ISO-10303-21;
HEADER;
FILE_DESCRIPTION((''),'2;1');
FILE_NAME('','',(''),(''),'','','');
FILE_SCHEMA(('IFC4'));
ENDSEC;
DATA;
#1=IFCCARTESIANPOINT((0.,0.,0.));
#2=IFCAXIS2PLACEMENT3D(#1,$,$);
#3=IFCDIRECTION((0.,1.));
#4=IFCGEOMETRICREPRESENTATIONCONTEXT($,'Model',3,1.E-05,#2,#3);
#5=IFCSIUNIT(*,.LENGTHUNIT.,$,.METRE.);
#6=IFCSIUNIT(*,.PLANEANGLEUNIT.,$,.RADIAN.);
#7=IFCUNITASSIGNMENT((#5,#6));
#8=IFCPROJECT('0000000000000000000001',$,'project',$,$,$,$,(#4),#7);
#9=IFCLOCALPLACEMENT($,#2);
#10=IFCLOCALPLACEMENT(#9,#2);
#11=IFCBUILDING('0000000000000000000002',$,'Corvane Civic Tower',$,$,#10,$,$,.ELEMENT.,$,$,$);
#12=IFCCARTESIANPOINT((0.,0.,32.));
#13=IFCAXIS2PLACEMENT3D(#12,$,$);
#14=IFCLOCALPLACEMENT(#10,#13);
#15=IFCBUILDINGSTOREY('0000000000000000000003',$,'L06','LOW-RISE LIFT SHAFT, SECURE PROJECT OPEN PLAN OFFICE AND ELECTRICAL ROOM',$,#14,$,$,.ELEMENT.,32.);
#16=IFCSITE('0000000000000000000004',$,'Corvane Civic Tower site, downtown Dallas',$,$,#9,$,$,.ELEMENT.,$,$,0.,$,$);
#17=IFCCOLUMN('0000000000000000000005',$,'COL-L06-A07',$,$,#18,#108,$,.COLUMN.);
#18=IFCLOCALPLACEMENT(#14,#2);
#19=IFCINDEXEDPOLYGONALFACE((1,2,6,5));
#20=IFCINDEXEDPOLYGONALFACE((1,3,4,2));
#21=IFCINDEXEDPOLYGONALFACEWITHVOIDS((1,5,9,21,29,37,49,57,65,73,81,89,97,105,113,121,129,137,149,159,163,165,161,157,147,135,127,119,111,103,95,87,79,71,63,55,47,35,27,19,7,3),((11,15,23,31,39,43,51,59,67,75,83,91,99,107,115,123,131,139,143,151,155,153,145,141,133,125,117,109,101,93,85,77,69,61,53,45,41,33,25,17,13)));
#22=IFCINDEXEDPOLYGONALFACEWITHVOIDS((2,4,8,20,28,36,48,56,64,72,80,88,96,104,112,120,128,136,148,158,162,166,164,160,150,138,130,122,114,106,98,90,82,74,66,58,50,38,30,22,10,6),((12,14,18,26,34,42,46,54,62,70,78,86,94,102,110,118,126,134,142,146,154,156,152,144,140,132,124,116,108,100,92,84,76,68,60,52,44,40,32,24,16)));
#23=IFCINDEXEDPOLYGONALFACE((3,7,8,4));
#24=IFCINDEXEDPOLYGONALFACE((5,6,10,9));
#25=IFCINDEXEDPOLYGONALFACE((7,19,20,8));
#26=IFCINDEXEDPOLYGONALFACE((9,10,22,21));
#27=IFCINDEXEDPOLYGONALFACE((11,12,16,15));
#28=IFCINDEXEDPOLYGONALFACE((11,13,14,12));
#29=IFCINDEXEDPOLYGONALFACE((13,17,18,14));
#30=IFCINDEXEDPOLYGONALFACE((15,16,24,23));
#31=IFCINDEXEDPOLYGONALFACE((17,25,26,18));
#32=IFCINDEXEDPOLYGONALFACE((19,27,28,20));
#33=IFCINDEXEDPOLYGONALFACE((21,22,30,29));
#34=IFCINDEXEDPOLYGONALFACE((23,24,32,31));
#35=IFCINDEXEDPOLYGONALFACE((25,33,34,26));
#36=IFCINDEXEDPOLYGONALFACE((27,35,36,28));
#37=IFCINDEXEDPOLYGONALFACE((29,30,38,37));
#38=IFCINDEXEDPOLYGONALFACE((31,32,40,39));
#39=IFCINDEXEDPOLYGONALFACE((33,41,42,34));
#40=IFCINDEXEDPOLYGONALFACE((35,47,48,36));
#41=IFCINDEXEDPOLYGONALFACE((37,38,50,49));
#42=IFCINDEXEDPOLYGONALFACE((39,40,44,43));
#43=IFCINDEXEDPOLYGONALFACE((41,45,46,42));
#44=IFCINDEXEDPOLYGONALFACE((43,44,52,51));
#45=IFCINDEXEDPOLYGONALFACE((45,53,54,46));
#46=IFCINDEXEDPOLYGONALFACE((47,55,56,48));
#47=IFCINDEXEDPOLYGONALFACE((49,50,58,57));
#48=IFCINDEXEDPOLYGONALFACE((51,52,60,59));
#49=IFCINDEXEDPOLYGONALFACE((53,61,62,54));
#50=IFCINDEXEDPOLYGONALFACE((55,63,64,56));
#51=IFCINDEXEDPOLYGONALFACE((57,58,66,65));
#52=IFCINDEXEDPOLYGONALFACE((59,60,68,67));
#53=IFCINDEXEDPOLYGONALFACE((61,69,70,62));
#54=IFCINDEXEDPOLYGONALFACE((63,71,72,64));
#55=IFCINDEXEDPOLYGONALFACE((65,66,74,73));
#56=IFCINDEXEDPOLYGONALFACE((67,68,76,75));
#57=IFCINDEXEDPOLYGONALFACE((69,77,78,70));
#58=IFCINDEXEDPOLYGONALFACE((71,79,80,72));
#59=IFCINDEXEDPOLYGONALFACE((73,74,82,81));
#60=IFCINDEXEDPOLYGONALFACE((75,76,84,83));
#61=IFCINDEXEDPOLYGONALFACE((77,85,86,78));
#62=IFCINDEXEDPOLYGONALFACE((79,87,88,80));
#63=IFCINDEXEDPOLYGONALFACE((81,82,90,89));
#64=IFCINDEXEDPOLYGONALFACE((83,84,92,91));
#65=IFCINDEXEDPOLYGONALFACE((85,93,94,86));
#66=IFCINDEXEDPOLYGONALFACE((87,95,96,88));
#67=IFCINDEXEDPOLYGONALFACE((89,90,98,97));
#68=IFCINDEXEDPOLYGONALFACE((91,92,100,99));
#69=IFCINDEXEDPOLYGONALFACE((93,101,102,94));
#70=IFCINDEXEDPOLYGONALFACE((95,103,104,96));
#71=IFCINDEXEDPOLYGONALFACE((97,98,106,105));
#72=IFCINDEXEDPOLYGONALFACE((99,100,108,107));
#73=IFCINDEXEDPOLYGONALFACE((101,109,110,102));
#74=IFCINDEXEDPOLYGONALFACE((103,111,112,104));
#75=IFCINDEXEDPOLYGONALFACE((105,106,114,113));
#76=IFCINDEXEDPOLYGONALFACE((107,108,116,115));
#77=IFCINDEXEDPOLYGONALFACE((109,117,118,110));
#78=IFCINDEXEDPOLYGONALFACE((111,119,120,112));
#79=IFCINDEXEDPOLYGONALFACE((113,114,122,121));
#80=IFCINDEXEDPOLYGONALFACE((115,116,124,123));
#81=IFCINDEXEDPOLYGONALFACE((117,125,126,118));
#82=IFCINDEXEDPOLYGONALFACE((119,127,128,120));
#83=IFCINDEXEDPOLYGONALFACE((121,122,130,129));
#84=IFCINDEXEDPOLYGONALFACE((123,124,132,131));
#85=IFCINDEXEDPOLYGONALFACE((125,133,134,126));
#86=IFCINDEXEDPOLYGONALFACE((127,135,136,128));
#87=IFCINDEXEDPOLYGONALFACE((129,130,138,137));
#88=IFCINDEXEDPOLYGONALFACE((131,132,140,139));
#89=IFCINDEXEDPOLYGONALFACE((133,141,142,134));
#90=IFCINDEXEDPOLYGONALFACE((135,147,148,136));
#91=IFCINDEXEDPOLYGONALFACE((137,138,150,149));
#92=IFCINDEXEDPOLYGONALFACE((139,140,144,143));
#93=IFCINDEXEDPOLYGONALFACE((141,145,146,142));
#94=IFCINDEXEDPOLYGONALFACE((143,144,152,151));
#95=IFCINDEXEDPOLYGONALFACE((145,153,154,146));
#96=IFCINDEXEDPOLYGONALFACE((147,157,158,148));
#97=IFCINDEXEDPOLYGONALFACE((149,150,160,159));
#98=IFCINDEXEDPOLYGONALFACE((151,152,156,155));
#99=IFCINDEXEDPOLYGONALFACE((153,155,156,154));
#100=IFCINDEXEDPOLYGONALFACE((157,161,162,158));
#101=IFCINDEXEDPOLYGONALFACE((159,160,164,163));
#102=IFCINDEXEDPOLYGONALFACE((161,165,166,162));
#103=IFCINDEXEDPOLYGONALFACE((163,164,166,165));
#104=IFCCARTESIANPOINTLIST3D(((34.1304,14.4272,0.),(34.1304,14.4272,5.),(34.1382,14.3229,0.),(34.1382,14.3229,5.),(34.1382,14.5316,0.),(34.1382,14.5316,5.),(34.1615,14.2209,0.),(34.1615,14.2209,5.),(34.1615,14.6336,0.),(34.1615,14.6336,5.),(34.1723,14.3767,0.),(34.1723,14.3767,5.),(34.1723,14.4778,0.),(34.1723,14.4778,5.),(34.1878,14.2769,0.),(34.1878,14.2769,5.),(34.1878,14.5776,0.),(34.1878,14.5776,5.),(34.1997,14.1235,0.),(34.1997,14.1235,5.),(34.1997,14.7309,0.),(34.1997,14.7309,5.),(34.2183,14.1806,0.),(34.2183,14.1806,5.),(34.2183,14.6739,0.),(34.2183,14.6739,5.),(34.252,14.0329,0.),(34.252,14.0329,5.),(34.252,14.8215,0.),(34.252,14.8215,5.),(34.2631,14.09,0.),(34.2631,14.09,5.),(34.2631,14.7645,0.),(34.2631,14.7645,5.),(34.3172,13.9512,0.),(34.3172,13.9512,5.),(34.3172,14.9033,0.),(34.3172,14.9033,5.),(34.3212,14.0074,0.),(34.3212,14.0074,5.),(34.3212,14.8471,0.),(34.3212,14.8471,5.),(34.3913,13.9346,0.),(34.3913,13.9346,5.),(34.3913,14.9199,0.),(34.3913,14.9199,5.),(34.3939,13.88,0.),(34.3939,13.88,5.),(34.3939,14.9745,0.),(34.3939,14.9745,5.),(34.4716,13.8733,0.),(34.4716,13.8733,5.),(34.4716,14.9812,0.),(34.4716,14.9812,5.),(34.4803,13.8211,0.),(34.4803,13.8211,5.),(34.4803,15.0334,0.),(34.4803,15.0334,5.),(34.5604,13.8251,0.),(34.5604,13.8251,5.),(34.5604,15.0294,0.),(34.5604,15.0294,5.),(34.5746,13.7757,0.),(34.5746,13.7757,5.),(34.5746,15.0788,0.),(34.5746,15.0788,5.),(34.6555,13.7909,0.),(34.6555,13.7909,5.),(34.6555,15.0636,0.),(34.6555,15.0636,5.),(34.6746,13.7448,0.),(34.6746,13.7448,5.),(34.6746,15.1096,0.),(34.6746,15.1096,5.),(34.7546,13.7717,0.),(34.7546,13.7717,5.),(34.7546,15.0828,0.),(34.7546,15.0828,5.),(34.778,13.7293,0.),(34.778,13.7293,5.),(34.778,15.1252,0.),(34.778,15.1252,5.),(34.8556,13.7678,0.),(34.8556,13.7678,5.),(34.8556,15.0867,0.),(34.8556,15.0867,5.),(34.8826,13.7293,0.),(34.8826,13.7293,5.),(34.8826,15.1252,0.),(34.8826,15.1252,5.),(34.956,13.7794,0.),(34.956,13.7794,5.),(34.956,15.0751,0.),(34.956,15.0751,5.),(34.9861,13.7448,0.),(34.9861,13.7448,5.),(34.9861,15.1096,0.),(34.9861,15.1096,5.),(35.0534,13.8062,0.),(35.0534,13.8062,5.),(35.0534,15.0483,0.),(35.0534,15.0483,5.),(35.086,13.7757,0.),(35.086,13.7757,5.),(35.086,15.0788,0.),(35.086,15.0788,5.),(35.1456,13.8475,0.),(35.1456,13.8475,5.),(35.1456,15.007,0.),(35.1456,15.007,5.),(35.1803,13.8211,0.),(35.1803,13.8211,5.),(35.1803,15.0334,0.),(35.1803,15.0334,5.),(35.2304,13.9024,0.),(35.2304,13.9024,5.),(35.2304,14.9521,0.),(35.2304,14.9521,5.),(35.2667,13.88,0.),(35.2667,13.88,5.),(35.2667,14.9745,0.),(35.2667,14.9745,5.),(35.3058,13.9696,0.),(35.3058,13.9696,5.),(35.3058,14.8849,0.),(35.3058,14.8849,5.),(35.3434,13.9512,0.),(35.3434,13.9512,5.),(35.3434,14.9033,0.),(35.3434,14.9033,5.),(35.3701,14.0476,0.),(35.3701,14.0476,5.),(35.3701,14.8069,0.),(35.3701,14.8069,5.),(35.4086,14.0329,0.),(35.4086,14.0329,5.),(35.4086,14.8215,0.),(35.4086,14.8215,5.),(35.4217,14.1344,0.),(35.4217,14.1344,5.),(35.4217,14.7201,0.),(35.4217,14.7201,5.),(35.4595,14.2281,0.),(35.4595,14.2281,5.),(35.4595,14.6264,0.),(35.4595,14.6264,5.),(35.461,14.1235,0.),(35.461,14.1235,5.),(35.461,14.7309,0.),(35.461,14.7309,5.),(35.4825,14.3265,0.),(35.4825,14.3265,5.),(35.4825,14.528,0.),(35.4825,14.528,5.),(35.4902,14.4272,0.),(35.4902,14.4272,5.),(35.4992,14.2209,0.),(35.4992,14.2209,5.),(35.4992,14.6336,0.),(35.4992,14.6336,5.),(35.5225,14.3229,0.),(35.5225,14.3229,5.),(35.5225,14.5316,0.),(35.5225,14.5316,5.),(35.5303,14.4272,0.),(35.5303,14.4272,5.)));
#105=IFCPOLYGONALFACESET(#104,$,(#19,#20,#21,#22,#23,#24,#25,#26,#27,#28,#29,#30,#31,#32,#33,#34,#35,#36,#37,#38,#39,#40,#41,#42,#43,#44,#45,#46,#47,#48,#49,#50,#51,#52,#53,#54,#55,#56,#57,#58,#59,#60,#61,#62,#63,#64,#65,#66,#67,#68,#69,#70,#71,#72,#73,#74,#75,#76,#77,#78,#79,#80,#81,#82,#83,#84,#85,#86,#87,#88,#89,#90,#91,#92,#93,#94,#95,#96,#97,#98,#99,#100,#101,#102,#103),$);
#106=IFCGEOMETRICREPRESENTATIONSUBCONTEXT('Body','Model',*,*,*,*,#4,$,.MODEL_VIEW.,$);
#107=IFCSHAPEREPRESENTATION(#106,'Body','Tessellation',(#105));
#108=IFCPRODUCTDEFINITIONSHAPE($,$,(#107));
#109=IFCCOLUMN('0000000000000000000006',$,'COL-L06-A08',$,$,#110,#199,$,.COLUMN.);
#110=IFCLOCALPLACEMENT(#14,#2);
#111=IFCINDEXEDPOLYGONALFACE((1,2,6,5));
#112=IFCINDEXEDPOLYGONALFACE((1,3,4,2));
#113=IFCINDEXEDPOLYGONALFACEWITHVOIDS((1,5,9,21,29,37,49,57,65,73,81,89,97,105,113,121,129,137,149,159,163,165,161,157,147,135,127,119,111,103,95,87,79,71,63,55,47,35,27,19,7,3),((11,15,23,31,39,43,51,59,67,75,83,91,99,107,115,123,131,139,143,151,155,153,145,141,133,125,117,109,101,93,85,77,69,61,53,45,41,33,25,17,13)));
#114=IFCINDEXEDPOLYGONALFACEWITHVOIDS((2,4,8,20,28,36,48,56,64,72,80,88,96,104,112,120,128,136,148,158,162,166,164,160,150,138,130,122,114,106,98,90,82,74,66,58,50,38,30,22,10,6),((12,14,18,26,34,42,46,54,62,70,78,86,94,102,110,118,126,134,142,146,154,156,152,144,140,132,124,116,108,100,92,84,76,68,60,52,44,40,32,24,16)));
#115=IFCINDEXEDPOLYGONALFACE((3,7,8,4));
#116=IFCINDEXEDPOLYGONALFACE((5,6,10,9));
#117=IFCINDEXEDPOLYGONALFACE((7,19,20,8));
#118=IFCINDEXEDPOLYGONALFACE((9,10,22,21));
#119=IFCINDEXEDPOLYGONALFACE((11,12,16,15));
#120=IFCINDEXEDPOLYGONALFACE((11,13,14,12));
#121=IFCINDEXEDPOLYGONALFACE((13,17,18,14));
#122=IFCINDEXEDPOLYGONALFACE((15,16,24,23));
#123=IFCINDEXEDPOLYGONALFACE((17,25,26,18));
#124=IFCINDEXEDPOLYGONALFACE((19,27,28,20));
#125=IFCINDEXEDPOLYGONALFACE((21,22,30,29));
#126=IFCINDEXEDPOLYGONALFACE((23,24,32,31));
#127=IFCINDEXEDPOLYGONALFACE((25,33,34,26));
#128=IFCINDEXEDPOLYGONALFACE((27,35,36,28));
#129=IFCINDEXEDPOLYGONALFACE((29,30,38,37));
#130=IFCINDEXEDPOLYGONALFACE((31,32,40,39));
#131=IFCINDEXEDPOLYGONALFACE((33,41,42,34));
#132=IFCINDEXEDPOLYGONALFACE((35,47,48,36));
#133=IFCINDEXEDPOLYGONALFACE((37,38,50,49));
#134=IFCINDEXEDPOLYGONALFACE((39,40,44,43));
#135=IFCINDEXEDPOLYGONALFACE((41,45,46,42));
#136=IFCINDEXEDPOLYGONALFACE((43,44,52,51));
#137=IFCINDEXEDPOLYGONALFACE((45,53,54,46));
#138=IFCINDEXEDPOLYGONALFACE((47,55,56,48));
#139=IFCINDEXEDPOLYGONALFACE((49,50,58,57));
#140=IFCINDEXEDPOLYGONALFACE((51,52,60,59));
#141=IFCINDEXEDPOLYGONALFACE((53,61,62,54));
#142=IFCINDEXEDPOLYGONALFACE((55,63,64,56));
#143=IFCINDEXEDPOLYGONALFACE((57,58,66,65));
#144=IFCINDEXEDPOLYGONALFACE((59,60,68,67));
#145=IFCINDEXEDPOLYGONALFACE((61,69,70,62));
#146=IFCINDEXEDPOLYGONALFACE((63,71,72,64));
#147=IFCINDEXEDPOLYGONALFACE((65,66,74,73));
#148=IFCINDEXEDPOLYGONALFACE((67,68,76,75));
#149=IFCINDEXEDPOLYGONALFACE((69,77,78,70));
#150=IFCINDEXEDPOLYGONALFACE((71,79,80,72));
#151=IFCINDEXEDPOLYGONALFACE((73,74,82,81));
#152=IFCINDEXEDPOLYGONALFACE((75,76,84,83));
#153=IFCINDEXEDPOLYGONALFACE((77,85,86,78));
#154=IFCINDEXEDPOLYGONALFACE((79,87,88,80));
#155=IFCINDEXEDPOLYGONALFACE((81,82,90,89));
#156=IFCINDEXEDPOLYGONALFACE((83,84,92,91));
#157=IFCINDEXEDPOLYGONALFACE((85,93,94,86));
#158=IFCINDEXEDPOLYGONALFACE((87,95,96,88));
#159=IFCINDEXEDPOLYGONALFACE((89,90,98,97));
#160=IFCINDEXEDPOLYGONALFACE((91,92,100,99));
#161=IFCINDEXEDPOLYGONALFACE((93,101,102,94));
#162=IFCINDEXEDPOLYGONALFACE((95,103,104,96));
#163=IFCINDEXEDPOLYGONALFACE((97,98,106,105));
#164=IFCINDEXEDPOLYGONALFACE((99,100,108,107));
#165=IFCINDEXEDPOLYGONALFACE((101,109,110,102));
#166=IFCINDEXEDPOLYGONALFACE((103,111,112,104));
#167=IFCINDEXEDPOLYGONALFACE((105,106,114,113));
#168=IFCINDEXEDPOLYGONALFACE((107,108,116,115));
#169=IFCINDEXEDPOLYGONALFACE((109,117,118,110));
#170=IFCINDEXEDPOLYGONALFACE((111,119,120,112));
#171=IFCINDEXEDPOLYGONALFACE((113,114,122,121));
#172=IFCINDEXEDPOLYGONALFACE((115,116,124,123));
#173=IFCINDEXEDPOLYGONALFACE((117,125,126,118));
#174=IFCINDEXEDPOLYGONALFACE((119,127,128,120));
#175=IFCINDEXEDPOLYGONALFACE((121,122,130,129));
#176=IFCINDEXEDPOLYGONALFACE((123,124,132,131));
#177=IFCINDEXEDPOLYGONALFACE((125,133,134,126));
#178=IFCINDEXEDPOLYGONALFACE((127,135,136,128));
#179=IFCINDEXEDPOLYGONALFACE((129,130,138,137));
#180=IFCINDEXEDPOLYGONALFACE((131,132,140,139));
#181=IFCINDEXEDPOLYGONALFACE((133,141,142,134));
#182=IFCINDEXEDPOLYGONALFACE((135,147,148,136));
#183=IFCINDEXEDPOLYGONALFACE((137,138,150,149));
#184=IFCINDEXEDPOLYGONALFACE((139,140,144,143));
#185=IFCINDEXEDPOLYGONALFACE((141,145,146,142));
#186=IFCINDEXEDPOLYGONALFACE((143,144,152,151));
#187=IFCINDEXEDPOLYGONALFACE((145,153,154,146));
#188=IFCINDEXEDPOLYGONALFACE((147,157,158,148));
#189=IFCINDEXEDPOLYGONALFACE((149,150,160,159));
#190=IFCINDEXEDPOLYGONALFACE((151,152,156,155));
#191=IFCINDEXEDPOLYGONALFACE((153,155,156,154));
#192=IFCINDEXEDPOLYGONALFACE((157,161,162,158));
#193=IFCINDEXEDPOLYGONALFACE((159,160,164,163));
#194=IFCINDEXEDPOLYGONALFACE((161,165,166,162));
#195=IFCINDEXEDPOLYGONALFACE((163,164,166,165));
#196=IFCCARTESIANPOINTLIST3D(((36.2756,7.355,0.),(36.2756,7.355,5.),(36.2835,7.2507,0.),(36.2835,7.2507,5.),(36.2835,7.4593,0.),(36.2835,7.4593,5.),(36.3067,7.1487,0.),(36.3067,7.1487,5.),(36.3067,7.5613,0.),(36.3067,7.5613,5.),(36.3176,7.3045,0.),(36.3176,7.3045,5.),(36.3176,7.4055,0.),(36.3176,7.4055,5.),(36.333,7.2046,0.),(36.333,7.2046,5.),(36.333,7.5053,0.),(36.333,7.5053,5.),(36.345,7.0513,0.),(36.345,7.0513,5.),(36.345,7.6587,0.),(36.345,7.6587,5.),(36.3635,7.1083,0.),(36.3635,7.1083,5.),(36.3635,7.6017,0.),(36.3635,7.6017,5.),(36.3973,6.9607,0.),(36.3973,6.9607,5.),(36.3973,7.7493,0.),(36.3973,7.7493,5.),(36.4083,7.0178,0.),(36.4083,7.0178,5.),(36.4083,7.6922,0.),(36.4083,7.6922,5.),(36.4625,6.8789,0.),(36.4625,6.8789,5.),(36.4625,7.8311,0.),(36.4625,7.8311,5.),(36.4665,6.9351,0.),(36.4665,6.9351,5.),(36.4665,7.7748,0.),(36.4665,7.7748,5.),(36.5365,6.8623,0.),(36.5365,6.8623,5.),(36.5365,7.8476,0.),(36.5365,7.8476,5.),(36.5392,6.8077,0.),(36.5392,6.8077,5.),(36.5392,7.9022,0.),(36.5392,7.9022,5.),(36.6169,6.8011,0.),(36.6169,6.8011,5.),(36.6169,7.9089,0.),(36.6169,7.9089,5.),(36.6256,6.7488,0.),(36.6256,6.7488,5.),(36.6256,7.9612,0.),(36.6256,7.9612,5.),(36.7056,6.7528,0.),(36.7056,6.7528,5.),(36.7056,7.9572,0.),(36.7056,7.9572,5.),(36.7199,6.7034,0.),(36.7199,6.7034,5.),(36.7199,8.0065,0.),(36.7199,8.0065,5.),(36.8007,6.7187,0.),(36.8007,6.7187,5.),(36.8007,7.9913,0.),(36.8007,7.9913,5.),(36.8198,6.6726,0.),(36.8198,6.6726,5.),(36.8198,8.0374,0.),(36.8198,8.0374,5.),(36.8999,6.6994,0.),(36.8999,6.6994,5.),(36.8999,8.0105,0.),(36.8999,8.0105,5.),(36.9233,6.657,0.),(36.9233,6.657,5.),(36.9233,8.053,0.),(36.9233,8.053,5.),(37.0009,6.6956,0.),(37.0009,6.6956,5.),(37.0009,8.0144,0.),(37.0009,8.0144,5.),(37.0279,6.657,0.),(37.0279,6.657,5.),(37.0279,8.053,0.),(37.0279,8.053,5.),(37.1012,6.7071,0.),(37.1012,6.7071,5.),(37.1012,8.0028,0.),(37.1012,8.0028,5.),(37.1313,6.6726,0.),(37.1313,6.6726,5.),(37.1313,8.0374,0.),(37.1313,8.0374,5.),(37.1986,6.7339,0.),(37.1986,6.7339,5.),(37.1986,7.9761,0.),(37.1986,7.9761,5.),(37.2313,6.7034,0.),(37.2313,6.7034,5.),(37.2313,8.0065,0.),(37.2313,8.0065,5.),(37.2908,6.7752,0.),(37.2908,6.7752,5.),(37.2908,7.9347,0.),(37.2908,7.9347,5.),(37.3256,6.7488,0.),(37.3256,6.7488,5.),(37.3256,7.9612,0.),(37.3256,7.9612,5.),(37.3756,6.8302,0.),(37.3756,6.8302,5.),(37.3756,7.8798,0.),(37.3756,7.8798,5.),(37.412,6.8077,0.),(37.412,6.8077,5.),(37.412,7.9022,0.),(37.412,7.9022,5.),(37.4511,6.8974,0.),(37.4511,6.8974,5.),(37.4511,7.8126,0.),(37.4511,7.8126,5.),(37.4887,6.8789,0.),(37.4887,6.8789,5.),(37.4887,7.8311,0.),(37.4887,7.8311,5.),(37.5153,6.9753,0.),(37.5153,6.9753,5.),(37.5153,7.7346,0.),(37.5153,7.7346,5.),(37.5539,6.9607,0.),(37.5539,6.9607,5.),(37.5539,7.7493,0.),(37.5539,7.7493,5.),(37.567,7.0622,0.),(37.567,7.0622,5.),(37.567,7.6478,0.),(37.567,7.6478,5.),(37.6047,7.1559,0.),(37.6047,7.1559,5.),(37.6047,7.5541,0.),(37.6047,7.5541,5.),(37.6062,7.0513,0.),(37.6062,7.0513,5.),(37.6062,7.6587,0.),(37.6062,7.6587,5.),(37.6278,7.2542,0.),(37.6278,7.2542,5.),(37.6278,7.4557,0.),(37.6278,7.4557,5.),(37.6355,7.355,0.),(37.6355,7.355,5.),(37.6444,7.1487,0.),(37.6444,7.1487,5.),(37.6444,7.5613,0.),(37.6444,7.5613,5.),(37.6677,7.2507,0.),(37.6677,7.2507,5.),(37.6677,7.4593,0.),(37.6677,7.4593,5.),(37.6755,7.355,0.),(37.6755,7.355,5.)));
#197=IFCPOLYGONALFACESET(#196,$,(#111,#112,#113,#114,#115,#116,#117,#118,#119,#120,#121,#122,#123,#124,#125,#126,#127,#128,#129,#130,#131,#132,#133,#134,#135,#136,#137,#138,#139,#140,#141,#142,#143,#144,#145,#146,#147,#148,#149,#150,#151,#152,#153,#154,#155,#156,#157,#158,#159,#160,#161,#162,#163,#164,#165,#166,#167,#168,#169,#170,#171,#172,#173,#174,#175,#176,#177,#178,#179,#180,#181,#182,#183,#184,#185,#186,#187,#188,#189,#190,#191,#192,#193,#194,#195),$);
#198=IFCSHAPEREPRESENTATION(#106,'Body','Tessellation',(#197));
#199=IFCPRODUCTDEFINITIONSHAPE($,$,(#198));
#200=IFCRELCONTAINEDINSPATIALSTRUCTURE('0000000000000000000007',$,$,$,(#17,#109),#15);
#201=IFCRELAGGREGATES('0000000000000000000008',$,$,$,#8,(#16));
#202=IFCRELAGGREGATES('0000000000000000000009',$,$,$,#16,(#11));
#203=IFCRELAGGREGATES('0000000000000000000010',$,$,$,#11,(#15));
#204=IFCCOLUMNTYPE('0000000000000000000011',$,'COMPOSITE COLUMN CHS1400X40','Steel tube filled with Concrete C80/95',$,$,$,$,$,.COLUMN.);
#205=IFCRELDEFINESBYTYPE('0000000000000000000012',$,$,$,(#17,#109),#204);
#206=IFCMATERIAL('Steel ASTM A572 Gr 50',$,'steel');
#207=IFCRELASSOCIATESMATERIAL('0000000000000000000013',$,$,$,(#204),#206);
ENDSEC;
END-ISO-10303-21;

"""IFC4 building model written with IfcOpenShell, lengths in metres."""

from ifc_helpers import new_model, si_unit, direction, frame, origin, origin_2d, place, context, subcontext, project, spatial, hollow_circle, extrude, material, material_profile, profile_set, type_object, element, save


model = new_model("IFC4")

# Units and contexts
model_context = context("Model", 3, precision=1e-05, world=origin(), true_north=direction((0.0, 1.0)))
body_context = subcontext(model_context, "Body", "Model", "MODEL_VIEW")
ifc_project = project(units=[si_unit("LENGTHUNIT", "METRE"), si_unit("PLANEANGLEUNIT", "RADIAN")], contexts=[model_context])

# Site, building, storey
site_placement = place(None, origin())
site = spatial("IfcSite", under=ifc_project, at=site_placement, Name="Corvane Civic Tower site, downtown Dallas", CompositionType="ELEMENT", RefElevation=0.0)
building_placement = place(site_placement, origin())
building = spatial("IfcBuilding", under=site, at=building_placement, Name="Corvane Civic Tower", CompositionType="ELEMENT")
storey_placement = place(building_placement, frame((0.0, 0.0, 32.0)))
storey = spatial("IfcBuildingStorey", under=building, at=storey_placement, Name="L06", Description="LOW-RISE LIFT SHAFT, SECURE PROJECT OPEN PLAN OFFICE AND ELECTRICAL ROOM", CompositionType="ELEMENT", Elevation=32.0)

# Columns
ifc_material_1 = material(Name="Steel ASTM A572 Gr 50", Category="steel")
ifc_material_profile_1 = material_profile(ifc_material_1, hollow_circle(Radius=0.7, WallThickness=0.04, at=origin_2d()), Name="CHS1400X40")
ifc_profile_set_1 = profile_set([ifc_material_profile_1], Name="Steel ASTM A572 Gr 50")
column_type_1 = type_object("IfcColumnType", Name="COMPOSITE COLUMN CHS1400X40", Description="Steel tube filled with Concrete C80/95", PredefinedType="COLUMN", material=ifc_profile_set_1)
for number, where, z_axis, x_axis, name in (
    (1, (34.8303, 14.4272, 0.0), (0.0, 0.0, 1.0), (1.0, 0.0, 0.0), "COL-L06-A07"),
    (2, (36.9756, 7.355, 0.0), (0.0, 0.0, 1.0), (1.0, 0.0, 0.0), "COL-L06-A08"),
):
    element("IfcColumn", number, at=place(storey_placement, frame(where, z_axis=z_axis, x_axis=x_axis)), inside=storey, type_object=column_type_1, Name=name, PredefinedType="COLUMN", context=body_context, shape_type="SweptSolid", body=[
        extrude(hollow_circle(Radius=0.7, WallThickness=0.04, at=origin_2d()), origin(), (0.0, 0.0, 1.0), 5.0),
    ])

save(model, "model.ifc")
